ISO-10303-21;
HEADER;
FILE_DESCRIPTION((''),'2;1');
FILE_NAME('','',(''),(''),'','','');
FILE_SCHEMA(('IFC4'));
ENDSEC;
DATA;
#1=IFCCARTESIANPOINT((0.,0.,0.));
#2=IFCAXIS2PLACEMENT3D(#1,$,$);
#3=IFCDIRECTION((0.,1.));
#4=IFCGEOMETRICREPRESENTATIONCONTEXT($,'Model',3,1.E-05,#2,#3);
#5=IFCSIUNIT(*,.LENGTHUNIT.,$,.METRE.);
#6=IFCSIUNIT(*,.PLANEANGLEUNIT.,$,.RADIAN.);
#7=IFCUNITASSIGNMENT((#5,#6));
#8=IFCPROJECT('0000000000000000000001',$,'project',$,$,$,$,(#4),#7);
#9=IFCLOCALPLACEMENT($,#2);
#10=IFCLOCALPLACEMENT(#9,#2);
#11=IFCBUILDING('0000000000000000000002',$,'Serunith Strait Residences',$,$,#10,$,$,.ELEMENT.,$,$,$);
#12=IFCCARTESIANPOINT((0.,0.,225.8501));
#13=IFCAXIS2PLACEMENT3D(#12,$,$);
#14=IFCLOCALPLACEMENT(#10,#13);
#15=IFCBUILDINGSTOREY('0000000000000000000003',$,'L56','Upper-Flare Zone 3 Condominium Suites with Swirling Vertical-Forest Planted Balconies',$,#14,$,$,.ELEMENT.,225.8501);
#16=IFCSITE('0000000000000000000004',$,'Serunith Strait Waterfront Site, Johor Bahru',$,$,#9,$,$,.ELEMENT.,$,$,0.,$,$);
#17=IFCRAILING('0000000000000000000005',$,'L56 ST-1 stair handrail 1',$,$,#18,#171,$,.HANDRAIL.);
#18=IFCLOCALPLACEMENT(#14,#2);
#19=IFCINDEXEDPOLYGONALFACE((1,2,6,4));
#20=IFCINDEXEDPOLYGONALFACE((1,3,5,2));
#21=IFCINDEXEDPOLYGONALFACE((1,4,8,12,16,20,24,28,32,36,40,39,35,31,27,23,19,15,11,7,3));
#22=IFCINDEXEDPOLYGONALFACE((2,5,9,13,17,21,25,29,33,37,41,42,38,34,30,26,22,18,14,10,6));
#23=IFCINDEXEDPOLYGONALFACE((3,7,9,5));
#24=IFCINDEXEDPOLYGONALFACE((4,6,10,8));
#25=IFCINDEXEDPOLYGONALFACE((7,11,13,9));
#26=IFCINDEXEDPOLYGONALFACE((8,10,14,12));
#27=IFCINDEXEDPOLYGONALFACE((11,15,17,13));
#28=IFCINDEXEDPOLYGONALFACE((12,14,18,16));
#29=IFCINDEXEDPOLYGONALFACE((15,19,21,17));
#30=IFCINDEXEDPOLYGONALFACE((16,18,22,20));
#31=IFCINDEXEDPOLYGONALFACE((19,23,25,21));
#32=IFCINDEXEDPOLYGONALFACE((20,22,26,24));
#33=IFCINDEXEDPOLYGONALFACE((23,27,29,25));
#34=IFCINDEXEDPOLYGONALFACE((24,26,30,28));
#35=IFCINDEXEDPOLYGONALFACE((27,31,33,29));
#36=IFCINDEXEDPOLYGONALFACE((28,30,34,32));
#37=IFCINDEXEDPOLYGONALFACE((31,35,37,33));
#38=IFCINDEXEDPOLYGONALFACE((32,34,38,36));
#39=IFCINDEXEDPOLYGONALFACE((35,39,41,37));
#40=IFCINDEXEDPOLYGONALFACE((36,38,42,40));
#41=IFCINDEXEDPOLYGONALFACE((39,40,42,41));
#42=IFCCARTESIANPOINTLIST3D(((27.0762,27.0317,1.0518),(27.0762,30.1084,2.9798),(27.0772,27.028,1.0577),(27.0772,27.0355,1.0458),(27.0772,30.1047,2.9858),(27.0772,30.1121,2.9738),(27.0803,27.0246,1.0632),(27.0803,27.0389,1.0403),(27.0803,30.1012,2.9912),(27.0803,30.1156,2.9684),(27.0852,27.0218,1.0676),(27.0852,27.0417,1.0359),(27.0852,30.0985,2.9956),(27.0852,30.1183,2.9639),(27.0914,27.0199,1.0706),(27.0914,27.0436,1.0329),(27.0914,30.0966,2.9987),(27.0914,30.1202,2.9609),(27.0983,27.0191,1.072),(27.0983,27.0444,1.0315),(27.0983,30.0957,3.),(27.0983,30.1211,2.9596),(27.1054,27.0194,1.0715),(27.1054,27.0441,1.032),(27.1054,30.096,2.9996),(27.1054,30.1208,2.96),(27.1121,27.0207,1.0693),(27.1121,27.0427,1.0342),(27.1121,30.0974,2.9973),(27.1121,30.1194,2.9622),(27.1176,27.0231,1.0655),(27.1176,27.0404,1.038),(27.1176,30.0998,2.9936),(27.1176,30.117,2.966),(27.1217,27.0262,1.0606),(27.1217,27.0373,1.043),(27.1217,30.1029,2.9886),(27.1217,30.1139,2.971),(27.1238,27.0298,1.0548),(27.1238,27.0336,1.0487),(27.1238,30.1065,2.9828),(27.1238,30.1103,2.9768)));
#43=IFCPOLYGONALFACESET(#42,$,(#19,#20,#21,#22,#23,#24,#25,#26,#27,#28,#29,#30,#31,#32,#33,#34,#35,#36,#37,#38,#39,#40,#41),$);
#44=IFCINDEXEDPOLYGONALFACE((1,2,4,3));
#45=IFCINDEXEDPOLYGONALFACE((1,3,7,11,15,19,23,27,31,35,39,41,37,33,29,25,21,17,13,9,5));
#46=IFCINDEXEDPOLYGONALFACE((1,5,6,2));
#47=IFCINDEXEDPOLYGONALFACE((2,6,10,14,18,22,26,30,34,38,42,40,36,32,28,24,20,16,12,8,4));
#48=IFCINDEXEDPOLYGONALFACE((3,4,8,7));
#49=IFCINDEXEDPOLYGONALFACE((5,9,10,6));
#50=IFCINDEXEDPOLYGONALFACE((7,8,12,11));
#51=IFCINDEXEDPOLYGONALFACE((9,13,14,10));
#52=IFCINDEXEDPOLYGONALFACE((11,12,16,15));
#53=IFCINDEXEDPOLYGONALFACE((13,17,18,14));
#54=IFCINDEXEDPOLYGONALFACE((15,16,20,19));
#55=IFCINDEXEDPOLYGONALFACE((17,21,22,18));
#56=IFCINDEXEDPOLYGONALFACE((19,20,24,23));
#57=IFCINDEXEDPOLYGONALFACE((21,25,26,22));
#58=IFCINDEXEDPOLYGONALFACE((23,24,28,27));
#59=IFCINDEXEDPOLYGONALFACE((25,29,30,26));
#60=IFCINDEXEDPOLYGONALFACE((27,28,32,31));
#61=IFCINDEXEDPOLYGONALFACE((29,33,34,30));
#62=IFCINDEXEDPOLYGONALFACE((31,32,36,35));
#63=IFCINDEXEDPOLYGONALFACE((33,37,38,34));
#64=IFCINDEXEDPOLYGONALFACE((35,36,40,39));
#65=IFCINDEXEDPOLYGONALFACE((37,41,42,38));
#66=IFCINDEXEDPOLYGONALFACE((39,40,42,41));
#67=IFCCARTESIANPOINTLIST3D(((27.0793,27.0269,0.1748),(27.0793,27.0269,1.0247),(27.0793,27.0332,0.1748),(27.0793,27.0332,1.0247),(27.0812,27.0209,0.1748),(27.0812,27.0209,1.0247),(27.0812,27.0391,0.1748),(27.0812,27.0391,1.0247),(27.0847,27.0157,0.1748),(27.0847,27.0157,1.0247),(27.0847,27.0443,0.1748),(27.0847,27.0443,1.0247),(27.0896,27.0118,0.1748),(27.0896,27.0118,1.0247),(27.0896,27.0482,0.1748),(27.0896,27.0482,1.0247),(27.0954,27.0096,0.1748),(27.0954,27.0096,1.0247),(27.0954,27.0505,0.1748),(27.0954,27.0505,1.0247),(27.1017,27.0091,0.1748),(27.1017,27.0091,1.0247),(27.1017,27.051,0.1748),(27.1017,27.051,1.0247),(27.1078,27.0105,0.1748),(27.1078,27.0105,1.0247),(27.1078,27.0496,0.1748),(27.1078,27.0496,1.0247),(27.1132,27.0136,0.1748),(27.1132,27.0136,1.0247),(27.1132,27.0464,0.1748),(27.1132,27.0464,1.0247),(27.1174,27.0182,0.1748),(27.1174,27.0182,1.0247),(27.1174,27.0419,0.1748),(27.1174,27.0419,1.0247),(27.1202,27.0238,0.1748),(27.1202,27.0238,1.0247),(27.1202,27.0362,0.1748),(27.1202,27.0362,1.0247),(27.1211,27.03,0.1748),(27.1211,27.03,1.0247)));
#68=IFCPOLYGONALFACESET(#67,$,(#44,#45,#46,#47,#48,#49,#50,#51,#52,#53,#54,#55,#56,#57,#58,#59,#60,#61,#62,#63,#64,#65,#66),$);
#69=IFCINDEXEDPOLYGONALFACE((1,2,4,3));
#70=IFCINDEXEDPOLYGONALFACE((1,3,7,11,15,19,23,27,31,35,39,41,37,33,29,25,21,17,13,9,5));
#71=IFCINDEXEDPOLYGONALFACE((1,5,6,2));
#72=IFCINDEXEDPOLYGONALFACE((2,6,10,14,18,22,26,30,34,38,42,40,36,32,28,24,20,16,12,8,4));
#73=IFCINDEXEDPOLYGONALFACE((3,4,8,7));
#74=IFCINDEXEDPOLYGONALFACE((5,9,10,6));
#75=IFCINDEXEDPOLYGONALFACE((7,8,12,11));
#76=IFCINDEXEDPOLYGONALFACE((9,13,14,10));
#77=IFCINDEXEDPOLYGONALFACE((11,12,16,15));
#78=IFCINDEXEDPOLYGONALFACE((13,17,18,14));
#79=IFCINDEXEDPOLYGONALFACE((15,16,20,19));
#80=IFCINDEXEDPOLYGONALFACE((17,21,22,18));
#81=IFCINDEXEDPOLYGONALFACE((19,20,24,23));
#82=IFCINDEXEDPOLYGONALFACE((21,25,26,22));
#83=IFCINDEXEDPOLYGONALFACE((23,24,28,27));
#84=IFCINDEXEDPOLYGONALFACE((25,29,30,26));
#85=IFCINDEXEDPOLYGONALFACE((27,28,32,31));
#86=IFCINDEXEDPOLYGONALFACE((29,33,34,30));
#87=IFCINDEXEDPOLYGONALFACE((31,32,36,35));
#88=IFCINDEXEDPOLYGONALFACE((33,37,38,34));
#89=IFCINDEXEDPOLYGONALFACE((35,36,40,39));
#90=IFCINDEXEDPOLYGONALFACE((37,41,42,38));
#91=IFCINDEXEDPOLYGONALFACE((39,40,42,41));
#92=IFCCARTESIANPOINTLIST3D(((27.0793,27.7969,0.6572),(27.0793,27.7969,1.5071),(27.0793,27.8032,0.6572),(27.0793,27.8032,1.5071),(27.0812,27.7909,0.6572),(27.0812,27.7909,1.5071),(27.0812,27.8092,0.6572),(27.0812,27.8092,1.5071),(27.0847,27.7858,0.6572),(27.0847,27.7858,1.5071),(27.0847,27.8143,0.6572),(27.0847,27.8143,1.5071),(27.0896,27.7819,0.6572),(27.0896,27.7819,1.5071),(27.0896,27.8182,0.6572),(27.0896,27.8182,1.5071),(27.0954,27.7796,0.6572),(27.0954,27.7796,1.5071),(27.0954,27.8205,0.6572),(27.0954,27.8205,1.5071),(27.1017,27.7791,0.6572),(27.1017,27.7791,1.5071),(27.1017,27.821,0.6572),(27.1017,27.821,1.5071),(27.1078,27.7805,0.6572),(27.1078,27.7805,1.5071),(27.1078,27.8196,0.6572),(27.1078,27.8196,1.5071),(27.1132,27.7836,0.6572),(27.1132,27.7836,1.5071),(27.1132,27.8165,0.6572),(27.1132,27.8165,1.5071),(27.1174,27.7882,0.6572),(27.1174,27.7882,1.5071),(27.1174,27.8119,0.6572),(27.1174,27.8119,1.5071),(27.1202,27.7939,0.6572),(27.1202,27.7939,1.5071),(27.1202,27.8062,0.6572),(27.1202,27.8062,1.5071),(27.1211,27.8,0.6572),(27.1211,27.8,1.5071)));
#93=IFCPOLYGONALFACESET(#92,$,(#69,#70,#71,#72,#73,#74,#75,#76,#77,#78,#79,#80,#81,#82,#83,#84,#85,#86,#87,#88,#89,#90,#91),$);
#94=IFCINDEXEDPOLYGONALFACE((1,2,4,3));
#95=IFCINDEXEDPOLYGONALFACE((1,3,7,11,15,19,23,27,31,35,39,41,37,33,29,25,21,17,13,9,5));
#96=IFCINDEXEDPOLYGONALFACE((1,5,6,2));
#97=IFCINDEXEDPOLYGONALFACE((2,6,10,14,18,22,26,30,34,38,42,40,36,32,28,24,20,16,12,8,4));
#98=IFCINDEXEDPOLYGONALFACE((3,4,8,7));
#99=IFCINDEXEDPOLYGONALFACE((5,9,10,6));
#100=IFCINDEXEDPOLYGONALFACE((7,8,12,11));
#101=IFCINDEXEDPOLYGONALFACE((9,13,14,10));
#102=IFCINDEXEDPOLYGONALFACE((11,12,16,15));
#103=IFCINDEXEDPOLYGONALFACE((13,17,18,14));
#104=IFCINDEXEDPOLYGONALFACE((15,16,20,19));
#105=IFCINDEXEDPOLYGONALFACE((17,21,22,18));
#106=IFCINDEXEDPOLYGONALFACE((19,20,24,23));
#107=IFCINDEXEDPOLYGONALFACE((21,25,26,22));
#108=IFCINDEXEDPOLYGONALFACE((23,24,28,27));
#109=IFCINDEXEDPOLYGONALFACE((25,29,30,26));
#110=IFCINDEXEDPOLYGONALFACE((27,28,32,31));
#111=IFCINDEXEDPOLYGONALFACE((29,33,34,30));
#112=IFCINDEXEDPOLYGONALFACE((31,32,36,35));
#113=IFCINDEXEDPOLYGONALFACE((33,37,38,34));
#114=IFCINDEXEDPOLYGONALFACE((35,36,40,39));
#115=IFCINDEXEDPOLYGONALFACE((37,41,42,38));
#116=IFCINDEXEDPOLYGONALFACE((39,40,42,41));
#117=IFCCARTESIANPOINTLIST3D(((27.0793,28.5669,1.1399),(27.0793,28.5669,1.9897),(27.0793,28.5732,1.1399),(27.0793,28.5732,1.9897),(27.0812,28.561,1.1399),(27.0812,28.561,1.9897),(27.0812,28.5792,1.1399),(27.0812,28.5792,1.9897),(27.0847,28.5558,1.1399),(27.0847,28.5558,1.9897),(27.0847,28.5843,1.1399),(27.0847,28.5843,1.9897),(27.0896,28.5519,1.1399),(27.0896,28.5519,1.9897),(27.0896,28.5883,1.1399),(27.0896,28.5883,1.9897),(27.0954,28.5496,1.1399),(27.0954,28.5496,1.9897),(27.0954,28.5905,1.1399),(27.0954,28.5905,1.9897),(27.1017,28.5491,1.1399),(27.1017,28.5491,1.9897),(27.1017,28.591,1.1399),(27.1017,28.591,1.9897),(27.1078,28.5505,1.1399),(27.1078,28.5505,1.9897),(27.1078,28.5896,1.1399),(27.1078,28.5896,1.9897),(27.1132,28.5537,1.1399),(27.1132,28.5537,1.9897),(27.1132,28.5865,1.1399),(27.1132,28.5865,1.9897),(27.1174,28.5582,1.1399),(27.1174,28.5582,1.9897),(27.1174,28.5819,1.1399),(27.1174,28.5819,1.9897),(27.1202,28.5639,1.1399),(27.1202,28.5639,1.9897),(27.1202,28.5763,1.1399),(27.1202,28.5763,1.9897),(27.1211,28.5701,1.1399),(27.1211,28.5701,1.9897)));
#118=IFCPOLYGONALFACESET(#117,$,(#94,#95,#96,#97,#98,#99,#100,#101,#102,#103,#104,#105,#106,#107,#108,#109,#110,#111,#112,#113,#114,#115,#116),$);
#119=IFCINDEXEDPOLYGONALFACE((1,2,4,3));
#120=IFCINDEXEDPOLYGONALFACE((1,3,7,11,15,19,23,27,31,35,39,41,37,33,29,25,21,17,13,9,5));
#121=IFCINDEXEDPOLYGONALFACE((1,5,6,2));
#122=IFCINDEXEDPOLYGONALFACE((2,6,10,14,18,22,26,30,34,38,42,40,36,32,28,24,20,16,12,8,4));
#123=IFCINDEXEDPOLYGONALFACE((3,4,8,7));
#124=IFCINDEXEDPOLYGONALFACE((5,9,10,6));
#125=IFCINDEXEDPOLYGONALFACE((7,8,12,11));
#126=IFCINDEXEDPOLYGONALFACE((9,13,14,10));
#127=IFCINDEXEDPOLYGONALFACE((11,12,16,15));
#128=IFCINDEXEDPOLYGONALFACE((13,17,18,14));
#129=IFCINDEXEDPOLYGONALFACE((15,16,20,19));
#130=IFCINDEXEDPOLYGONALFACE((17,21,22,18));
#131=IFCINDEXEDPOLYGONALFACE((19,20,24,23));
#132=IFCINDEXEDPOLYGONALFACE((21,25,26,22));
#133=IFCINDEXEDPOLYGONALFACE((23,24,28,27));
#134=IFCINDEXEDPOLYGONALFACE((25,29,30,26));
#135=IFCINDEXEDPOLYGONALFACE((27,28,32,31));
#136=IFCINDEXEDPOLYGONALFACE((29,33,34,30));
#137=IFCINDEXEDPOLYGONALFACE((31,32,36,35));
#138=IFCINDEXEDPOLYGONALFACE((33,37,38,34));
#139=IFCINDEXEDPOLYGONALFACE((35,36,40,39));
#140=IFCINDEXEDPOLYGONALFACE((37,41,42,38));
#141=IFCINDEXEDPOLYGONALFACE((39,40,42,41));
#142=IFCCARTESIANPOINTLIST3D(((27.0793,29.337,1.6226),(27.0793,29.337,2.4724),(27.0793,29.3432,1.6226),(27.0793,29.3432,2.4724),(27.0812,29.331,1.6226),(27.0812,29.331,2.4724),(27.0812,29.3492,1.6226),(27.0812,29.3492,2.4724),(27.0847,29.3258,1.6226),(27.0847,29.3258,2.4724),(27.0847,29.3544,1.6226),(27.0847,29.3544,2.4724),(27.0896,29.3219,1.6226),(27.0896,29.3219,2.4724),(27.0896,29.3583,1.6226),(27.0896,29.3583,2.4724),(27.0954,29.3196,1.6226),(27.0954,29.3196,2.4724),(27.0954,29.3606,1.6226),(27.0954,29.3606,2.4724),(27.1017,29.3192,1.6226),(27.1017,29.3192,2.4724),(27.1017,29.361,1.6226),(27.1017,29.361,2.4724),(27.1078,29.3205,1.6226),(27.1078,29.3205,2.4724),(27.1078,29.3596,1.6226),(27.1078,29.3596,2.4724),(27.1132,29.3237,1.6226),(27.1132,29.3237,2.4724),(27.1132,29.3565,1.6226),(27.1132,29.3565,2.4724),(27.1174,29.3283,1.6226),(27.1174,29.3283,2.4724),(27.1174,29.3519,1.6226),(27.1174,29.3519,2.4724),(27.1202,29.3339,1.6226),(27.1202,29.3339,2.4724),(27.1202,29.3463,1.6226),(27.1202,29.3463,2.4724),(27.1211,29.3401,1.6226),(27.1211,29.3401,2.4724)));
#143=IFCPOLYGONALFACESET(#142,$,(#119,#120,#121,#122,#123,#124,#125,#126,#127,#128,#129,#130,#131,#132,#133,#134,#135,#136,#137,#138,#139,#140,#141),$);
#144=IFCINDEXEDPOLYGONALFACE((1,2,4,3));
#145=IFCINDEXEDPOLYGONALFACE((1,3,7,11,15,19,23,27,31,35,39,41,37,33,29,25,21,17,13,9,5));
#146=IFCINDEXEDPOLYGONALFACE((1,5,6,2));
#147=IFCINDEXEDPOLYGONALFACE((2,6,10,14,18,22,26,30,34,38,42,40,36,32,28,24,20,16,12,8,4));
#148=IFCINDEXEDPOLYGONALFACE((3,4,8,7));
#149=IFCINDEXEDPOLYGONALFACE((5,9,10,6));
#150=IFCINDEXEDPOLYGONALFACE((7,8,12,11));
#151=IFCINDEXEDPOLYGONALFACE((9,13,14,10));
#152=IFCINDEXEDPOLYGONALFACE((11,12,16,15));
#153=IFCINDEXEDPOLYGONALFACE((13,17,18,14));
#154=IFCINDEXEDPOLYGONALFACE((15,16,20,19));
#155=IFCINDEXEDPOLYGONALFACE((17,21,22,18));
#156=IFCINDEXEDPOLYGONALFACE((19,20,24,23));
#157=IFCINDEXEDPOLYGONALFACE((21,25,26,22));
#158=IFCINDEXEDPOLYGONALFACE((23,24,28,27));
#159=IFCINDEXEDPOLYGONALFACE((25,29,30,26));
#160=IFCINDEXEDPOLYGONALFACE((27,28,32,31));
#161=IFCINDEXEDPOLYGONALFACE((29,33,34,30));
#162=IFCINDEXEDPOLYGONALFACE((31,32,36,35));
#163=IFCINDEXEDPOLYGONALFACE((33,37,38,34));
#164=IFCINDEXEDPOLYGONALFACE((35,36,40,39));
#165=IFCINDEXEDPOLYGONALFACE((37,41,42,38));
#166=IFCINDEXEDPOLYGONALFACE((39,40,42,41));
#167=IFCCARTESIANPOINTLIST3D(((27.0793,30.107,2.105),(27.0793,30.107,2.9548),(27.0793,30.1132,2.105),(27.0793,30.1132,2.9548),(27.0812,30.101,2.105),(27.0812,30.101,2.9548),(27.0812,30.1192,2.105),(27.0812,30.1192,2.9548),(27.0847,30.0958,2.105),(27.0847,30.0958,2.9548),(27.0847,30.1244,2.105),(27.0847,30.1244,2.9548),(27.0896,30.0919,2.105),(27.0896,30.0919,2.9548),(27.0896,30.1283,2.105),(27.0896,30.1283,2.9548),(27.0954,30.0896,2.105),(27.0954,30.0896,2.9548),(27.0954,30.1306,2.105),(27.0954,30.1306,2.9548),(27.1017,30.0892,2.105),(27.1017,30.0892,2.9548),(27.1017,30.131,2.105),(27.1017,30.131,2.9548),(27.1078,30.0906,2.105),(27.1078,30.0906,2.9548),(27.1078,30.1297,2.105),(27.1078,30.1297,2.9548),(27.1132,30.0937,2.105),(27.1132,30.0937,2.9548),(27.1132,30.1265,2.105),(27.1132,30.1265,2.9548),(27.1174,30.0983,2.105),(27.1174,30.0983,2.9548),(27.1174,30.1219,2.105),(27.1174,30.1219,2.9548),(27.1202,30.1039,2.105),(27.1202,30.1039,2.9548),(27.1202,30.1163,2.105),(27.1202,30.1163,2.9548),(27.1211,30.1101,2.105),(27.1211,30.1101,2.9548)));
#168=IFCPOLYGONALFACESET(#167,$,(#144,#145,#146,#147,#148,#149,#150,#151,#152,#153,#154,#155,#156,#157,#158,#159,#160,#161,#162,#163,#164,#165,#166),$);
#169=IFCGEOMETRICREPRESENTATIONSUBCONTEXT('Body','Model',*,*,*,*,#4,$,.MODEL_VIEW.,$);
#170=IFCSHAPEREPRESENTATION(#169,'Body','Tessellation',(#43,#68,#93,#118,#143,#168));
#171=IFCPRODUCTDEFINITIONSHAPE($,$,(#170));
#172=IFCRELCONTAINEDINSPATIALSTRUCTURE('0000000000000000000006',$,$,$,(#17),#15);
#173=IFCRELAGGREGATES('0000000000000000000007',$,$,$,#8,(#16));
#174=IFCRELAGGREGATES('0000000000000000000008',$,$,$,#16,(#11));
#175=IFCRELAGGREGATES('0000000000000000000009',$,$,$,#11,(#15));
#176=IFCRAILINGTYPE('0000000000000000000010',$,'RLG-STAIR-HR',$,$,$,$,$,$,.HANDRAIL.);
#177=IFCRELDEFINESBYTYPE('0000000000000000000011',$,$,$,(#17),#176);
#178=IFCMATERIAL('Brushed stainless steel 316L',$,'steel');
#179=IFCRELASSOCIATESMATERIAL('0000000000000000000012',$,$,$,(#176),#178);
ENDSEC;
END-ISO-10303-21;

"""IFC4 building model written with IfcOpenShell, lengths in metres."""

from ifc_helpers import new_model, si_unit, direction, frame, origin, origin_2d, place, context, subcontext, project, spatial, circle, extrude, material, type_object, element, save


model = new_model("IFC4")

# Units and contexts
model_context = context("Model", 3, precision=1e-05, world=origin(), true_north=direction((0.0, 1.0)))
body_context = subcontext(model_context, "Body", "Model", "MODEL_VIEW")
ifc_project = project(units=[si_unit("LENGTHUNIT", "METRE"), si_unit("PLANEANGLEUNIT", "RADIAN")], contexts=[model_context])

# Site, building, storey
site_placement = place(None, origin())
site = spatial("IfcSite", under=ifc_project, at=site_placement, Name="Serunith Strait Waterfront Site, Johor Bahru", CompositionType="ELEMENT", RefElevation=0.0)
building_placement = place(site_placement, origin())
building = spatial("IfcBuilding", under=site, at=building_placement, Name="Serunith Strait Residences", CompositionType="ELEMENT")
storey_placement = place(building_placement, frame((0.0, 0.0, 225.8501)))
storey = spatial("IfcBuildingStorey", under=building, at=storey_placement, Name="L56", Description="Upper-Flare Zone 3 Condominium Suites with Swirling Vertical-Forest Planted Balconies", CompositionType="ELEMENT", Elevation=225.8501)

# Railing
ifc_material_1 = material(Name="Brushed stainless steel 316L", Category="steel")
railing_type_1 = type_object("IfcRailingType", Name="RLG-STAIR-HR", PredefinedType="HANDRAIL", material=ifc_material_1)
railing_1_placement = place(storey_placement, frame((27.1001, 27.03, 0.1748)))
element("IfcRailing", 1, at=railing_1_placement, inside=storey, type_object=railing_type_1, Name="L56 ST-1 stair handrail 1", PredefinedType="HANDRAIL", context=body_context, shape_type="SweptSolid", body=[
    extrude(circle(Radius=0.0239, at=origin_2d()), frame((0.0, 0.0017, 0.877), z_axis=(0.0, 0.847364, 0.531013), x_axis=(-1.0, 0.0, 0.0)), (0.0, 0.0, 1.0), 3.6309),
    extrude(circle(Radius=0.021, at=origin_2d()), origin(), (0.0, 0.0, 1.0), 0.8499),
    extrude(circle(Radius=0.021, at=origin_2d()), frame((0.0, 0.77, 0.4824)), (0.0, 0.0, 1.0), 0.8499),
    extrude(circle(Radius=0.021, at=origin_2d()), frame((0.0, 1.54, 0.9651)), (0.0, 0.0, 1.0), 0.8499),
    extrude(circle(Radius=0.021, at=origin_2d()), frame((0.0, 2.3101, 1.4478)), (0.0, 0.0, 1.0), 0.8499),
    extrude(circle(Radius=0.021, at=origin_2d()), frame((0.0, 3.0801, 1.9302)), (0.0, 0.0, 1.0), 0.8499),
])

save(model, "model.ifc")
